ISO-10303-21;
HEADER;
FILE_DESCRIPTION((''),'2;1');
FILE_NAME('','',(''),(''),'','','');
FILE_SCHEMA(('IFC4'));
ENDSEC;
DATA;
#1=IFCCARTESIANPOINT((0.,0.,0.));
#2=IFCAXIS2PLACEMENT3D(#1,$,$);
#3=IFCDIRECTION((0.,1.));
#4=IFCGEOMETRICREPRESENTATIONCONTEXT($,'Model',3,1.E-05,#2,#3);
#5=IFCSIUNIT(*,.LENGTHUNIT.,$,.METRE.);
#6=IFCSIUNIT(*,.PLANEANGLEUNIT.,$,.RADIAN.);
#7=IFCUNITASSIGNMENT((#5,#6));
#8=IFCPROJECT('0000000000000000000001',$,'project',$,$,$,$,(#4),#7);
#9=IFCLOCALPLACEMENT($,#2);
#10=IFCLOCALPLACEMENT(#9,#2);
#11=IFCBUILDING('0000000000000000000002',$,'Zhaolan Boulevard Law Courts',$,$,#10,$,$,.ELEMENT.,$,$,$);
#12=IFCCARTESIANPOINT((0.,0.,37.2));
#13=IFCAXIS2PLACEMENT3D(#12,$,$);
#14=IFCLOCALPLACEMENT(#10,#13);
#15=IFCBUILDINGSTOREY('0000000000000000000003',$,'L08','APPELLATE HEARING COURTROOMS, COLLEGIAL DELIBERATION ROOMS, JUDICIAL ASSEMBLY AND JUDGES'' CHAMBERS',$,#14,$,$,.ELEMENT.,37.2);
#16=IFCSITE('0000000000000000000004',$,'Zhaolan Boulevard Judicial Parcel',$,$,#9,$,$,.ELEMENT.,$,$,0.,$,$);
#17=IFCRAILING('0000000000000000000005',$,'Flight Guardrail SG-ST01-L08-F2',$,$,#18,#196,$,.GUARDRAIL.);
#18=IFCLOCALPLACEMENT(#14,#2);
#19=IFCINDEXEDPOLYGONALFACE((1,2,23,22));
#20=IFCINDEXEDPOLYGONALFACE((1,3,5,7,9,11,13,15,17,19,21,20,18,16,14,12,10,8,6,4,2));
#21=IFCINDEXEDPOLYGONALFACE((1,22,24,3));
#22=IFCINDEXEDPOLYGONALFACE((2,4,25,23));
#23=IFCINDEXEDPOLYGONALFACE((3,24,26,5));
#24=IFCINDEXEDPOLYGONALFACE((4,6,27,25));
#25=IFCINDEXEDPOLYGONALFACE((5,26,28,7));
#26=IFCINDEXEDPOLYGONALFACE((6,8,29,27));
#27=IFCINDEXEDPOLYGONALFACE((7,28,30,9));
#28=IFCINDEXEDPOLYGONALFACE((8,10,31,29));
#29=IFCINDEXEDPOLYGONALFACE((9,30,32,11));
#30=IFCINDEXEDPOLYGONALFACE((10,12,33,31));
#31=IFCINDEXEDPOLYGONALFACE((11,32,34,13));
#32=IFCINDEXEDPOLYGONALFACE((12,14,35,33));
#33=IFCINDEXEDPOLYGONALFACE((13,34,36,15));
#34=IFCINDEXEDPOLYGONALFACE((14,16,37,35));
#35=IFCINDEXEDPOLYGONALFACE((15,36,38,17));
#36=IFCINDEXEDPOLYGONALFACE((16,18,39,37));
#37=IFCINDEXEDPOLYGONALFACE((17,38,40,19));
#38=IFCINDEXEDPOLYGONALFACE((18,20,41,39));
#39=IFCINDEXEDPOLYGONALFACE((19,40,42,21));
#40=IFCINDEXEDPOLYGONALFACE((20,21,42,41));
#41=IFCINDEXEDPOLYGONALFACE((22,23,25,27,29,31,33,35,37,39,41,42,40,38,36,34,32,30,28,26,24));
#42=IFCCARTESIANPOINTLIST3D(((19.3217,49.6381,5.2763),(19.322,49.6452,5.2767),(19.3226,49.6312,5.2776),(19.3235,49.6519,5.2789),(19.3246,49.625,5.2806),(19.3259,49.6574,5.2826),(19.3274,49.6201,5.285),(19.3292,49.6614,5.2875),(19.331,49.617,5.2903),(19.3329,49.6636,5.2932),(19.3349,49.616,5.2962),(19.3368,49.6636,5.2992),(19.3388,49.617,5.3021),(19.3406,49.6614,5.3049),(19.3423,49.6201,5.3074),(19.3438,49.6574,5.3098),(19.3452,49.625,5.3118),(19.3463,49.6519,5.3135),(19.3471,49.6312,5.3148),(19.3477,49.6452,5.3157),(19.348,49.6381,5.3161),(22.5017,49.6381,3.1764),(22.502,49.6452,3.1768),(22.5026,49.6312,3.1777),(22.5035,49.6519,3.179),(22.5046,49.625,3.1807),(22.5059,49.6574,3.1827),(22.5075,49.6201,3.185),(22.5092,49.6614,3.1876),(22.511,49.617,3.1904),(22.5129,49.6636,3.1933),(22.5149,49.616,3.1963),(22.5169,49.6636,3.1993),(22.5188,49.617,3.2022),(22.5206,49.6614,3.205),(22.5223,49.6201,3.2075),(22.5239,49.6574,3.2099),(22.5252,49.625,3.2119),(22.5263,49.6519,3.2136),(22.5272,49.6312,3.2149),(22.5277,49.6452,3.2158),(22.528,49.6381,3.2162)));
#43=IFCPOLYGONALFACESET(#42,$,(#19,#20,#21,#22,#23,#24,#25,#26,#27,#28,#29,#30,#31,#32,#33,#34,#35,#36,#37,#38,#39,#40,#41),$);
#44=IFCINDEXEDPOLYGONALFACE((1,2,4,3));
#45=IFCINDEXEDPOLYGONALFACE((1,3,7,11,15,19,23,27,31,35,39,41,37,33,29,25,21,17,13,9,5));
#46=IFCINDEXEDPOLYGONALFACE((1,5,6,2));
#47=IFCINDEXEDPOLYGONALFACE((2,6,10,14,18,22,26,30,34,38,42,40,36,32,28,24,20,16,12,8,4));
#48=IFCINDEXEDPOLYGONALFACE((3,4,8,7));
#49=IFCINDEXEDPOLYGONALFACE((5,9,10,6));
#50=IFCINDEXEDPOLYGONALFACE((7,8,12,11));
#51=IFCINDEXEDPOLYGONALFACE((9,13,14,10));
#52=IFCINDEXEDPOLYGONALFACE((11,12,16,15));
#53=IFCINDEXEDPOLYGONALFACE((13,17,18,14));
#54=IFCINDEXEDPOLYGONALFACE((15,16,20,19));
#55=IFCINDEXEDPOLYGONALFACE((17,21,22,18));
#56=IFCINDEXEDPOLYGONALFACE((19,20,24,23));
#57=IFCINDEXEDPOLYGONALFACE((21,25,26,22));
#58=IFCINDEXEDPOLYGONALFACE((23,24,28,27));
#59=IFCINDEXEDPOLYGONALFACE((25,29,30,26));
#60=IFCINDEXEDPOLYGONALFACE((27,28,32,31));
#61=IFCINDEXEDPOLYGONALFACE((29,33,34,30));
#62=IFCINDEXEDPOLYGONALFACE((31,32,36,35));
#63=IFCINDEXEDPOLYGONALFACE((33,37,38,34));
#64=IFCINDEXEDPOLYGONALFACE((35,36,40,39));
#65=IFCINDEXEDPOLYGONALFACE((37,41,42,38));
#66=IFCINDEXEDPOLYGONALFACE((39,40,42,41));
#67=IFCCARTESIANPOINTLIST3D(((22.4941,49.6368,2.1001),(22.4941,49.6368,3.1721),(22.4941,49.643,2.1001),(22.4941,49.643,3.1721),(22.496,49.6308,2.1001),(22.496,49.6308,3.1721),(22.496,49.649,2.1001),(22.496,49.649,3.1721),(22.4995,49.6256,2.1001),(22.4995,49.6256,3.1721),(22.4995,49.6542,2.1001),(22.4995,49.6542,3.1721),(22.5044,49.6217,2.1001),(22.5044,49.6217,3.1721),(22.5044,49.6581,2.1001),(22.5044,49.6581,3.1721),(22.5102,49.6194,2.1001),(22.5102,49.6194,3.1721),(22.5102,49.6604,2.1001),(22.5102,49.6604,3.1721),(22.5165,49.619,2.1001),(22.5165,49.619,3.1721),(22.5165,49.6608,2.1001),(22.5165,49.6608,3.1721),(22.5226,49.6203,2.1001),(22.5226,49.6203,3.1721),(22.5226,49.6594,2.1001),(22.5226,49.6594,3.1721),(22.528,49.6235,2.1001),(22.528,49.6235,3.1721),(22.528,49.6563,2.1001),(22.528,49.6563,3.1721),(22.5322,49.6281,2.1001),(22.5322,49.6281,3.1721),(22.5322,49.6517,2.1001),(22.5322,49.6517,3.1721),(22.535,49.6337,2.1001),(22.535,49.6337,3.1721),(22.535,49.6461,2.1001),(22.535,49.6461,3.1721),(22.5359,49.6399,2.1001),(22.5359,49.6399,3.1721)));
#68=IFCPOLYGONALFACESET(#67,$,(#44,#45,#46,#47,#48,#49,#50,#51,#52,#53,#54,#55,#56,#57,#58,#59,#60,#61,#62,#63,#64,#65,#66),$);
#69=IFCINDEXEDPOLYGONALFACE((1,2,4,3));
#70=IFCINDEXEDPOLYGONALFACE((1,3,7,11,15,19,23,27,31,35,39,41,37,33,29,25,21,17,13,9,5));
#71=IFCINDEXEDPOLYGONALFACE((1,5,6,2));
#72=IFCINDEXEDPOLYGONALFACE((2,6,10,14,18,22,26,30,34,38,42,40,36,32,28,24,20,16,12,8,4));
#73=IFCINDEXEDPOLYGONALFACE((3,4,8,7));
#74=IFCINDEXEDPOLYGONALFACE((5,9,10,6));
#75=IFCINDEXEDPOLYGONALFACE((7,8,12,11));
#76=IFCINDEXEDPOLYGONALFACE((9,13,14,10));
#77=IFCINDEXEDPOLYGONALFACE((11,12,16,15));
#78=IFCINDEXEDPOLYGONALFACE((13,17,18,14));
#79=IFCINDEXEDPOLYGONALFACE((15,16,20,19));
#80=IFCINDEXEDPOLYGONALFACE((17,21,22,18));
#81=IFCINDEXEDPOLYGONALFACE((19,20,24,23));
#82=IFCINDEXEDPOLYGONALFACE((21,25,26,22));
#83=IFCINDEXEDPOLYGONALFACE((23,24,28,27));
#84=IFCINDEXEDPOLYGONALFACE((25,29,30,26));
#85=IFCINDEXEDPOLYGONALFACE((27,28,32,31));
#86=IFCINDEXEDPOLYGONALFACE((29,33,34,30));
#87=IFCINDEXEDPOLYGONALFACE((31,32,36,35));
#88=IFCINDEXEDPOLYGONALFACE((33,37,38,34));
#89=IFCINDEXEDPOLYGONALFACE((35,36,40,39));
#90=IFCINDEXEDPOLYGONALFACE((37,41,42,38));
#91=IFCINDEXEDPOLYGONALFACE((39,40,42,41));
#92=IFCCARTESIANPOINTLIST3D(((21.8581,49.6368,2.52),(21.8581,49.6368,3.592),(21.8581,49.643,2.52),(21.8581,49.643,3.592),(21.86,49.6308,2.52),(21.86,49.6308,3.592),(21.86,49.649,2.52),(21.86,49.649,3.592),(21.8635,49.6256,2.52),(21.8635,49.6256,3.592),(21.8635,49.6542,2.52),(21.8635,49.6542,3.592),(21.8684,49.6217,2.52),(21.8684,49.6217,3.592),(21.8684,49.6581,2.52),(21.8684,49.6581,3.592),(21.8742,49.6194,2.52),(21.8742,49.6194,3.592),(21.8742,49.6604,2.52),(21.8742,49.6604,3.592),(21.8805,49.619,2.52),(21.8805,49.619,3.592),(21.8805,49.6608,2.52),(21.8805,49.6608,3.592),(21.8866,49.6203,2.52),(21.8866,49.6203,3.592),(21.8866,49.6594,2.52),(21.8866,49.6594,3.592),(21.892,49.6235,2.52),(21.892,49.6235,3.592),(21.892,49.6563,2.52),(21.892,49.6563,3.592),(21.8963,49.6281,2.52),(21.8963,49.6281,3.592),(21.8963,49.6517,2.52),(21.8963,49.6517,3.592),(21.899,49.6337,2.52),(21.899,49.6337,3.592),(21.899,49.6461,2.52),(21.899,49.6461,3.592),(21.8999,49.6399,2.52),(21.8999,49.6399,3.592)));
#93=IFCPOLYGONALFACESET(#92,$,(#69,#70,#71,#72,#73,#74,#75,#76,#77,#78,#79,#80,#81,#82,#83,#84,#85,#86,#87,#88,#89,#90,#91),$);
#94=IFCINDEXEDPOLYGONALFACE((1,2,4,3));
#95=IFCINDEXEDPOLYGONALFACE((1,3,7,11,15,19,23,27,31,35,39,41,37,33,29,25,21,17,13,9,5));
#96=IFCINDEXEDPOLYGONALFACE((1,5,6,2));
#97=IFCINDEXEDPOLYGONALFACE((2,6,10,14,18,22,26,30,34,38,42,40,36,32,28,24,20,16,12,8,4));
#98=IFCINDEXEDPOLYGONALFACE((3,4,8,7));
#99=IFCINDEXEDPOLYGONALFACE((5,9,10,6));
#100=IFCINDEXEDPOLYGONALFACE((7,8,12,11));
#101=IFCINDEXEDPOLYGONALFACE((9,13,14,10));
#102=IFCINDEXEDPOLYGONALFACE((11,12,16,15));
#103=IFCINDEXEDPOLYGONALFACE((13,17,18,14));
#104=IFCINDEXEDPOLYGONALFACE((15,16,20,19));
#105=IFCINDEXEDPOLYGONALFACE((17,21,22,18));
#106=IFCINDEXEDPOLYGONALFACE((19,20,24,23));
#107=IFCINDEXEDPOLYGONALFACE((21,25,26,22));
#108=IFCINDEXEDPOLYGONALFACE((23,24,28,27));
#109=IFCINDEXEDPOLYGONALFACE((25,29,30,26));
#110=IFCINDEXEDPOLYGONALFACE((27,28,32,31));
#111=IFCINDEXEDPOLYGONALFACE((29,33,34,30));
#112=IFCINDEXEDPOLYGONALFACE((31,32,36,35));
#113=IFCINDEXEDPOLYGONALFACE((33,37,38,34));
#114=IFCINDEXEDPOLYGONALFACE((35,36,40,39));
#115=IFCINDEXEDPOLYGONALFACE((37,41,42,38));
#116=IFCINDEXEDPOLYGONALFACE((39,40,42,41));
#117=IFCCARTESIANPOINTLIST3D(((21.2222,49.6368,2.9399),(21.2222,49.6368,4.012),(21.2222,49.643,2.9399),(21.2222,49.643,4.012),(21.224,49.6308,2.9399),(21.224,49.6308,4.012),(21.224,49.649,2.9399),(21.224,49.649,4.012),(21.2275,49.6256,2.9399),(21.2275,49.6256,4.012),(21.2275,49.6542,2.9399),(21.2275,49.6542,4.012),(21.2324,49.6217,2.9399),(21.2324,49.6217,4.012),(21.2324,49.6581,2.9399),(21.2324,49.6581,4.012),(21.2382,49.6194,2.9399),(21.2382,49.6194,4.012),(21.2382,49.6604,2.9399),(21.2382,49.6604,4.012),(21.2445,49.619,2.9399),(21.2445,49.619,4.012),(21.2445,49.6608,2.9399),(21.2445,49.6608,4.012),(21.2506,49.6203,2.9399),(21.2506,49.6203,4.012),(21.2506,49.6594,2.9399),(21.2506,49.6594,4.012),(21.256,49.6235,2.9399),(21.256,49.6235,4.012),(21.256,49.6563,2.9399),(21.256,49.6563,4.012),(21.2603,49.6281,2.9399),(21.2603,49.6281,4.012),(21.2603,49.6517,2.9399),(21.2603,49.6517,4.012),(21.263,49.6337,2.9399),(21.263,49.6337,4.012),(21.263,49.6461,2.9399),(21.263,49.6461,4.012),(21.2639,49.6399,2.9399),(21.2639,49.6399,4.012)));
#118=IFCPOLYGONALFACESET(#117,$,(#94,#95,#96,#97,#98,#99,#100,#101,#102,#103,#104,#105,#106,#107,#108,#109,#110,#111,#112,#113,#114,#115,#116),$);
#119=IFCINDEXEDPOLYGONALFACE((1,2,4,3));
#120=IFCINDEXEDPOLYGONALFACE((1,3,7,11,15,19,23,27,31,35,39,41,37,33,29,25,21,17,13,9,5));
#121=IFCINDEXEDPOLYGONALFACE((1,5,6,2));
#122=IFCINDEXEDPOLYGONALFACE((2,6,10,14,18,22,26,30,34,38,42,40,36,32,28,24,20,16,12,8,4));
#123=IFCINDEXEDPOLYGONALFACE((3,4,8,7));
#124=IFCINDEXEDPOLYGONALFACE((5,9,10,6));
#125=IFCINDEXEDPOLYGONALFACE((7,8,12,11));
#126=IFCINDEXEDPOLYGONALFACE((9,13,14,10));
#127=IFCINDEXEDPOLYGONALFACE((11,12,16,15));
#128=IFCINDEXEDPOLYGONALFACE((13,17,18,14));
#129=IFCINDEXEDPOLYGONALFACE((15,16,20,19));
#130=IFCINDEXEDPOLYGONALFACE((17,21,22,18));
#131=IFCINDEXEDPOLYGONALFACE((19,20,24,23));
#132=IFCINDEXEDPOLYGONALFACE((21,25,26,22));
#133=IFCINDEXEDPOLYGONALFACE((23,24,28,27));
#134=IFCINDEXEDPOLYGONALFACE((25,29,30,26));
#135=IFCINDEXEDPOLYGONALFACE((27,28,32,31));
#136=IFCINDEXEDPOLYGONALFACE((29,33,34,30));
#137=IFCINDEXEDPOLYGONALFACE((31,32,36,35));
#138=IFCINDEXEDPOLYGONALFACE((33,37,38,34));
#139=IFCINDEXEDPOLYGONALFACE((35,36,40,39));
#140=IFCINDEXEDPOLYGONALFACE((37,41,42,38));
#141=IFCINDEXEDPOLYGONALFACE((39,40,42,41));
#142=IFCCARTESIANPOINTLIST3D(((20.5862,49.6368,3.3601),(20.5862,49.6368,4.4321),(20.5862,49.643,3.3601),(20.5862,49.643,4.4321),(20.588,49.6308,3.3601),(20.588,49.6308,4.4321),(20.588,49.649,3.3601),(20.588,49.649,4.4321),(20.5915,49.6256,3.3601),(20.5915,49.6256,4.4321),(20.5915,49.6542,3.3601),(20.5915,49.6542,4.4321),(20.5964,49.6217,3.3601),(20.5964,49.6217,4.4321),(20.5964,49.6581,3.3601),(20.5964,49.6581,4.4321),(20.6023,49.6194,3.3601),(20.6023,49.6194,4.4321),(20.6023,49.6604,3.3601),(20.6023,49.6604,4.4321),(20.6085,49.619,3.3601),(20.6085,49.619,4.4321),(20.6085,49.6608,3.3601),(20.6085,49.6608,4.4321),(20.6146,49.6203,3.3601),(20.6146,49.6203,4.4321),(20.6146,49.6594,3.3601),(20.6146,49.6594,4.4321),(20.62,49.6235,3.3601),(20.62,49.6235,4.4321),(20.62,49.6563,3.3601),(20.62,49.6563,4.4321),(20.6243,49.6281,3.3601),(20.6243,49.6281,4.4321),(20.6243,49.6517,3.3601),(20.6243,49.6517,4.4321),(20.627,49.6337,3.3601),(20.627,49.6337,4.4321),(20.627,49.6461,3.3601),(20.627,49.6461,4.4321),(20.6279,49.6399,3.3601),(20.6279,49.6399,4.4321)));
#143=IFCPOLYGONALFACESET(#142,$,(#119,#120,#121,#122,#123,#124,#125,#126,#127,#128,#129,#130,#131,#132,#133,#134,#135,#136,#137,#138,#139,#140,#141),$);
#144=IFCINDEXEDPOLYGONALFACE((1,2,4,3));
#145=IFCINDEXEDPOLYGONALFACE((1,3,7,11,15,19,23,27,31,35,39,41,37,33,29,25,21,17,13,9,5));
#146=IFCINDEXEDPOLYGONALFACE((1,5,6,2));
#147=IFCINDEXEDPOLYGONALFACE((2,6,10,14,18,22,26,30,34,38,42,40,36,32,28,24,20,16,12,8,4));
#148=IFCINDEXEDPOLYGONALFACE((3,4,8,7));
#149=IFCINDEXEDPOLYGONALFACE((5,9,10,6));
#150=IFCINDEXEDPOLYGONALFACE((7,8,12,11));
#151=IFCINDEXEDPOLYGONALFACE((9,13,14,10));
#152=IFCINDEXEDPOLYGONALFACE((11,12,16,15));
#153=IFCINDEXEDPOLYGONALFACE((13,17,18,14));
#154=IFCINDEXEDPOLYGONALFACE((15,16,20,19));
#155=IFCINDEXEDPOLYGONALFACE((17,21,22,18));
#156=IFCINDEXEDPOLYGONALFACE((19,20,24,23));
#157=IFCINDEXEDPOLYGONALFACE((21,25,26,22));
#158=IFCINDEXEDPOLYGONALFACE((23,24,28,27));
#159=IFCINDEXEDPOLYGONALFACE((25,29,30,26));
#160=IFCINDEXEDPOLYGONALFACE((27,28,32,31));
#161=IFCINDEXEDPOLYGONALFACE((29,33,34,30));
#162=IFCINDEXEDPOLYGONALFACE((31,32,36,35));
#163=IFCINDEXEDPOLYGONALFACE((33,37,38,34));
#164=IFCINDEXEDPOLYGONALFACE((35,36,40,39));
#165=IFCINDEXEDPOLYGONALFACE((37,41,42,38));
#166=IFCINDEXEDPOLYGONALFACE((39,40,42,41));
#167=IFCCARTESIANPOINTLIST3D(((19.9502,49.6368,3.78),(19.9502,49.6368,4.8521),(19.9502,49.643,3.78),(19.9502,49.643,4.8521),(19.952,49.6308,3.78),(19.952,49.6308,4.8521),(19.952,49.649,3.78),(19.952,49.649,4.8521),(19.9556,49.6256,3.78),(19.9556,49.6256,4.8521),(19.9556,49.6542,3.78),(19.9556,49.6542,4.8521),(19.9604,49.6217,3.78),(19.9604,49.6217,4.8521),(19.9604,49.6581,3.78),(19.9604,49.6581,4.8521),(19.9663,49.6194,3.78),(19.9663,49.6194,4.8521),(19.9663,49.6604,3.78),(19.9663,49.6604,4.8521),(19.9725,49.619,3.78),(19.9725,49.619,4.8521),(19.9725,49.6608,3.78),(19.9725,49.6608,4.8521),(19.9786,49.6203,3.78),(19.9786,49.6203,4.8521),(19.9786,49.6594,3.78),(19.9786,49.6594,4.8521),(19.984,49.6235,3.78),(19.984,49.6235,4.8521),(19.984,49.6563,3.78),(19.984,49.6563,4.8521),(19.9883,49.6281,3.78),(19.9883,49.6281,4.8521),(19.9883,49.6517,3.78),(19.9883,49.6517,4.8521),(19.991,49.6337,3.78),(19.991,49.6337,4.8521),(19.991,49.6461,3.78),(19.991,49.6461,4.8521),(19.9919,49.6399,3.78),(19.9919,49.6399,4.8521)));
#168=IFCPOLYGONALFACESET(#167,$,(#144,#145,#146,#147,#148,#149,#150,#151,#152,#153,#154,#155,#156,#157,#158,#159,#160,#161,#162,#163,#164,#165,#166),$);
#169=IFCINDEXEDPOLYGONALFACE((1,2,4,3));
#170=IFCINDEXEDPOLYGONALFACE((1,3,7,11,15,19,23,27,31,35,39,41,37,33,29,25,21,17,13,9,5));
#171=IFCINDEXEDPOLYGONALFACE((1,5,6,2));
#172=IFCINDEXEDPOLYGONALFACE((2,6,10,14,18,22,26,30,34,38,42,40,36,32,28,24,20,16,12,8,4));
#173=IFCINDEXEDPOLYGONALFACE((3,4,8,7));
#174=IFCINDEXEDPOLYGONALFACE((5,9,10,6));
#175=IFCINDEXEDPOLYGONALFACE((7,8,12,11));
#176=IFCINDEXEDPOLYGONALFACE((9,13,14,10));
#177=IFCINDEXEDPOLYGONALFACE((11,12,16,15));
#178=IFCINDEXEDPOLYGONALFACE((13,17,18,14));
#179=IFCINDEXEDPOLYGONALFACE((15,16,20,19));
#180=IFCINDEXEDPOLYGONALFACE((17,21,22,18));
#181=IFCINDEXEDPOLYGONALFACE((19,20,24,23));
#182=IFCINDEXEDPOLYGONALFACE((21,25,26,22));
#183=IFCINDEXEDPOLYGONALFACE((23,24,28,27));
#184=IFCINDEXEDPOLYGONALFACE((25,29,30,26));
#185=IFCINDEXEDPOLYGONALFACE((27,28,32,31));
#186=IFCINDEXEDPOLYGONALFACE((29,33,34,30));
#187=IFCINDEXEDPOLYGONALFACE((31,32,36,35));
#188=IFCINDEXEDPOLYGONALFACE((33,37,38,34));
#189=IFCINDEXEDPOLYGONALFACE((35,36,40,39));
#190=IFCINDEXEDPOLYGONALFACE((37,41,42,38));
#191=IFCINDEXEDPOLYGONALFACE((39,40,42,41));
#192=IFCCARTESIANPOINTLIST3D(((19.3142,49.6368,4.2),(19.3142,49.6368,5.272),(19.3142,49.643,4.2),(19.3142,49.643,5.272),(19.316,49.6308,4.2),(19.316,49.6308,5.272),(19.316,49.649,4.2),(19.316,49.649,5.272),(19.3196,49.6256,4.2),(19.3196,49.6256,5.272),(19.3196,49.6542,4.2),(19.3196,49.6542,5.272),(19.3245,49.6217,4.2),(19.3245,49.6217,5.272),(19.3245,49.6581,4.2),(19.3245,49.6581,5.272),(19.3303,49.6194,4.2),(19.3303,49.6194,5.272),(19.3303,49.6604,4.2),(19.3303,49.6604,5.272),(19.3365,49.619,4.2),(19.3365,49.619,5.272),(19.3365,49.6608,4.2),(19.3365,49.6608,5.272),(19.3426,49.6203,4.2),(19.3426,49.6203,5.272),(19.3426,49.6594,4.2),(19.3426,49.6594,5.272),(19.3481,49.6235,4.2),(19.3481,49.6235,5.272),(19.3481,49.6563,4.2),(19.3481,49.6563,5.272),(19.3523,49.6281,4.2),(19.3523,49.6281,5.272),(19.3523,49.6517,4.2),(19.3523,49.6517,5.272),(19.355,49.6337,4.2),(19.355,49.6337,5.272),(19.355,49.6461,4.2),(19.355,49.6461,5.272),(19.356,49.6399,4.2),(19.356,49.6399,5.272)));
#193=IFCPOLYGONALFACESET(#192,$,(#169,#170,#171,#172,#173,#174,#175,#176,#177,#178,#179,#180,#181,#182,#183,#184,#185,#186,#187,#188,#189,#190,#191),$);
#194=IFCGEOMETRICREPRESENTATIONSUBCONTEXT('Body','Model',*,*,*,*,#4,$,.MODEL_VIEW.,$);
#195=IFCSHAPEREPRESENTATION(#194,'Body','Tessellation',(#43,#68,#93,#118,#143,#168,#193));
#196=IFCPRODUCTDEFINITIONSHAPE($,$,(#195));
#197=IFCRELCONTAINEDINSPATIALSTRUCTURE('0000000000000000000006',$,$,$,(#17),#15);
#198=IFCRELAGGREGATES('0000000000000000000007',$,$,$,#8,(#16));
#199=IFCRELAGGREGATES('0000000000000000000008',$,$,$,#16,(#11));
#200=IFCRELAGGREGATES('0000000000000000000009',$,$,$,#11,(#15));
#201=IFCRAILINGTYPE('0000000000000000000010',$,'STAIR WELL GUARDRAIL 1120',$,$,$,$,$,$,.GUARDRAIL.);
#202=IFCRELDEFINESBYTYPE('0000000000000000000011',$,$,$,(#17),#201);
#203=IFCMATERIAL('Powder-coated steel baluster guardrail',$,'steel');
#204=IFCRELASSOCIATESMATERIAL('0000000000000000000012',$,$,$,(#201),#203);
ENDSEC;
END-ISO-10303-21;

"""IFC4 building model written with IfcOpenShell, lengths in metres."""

from ifc_helpers import new_model, si_unit, direction, frame, origin, origin_2d, place, context, subcontext, project, spatial, circle, extrude, material, type_object, element, save


model = new_model("IFC4")

# Units and contexts
model_context = context("Model", 3, precision=1e-05, world=origin(), true_north=direction((0.0, 1.0)))
body_context = subcontext(model_context, "Body", "Model", "MODEL_VIEW")
ifc_project = project(units=[si_unit("LENGTHUNIT", "METRE"), si_unit("PLANEANGLEUNIT", "RADIAN")], contexts=[model_context])

# Site, building, storey
site_placement = place(None, origin())
site = spatial("IfcSite", under=ifc_project, at=site_placement, Name="Zhaolan Boulevard Judicial Parcel", CompositionType="ELEMENT", RefElevation=0.0)
building_placement = place(site_placement, origin())
building = spatial("IfcBuilding", under=site, at=building_placement, Name="Zhaolan Boulevard Law Courts", CompositionType="ELEMENT")
storey_placement = place(building_placement, frame((0.0, 0.0, 37.2)))
storey = spatial("IfcBuildingStorey", under=building, at=storey_placement, Name="L08", Description="APPELLATE HEARING COURTROOMS, COLLEGIAL DELIBERATION ROOMS, JUDICIAL ASSEMBLY AND JUDGES' CHAMBERS", CompositionType="ELEMENT", Elevation=37.2)

# Railing
ifc_material_1 = material(Name="Powder-coated steel baluster guardrail", Category="steel")
railing_type_1 = type_object("IfcRailingType", Name="STAIR WELL GUARDRAIL 1120", PredefinedType="GUARDRAIL", material=ifc_material_1)
railing_1_placement = place(storey_placement, frame((22.5149, 49.6399, 2.1001)))
element("IfcRailing", 1, at=railing_1_placement, inside=storey, type_object=railing_type_1, Name="Flight Guardrail SG-ST01-L08-F2", PredefinedType="GUARDRAIL", context=body_context, shape_type="SweptSolid", body=[
    extrude(circle(Radius=0.0239, at=origin_2d()), frame((0.0, 0.0, 1.0962), z_axis=(-0.834477, 0.0, 0.551043), x_axis=(0.0, -1.0, 0.0)), (0.0, 0.0, 1.0), 3.8108),
    extrude(circle(Radius=0.021, at=origin_2d()), origin(), (0.0, 0.0, 1.0), 1.072),
    extrude(circle(Radius=0.021, at=origin_2d()), frame((-0.636, 0.0, 0.4199)), (0.0, 0.0, 1.0), 1.072),
    extrude(circle(Radius=0.021, at=origin_2d()), frame((-1.272, 0.0, 0.8398)), (0.0, 0.0, 1.0), 1.072),
    extrude(circle(Radius=0.021, at=origin_2d()), frame((-1.908, 0.0, 1.26)), (0.0, 0.0, 1.0), 1.072),
    extrude(circle(Radius=0.021, at=origin_2d()), frame((-2.5439, 0.0, 1.6799)), (0.0, 0.0, 1.0), 1.072),
    extrude(circle(Radius=0.021, at=origin_2d()), frame((-3.1799, 0.0, 2.0999)), (0.0, 0.0, 1.0), 1.072),
])

save(model, "model.ifc")
